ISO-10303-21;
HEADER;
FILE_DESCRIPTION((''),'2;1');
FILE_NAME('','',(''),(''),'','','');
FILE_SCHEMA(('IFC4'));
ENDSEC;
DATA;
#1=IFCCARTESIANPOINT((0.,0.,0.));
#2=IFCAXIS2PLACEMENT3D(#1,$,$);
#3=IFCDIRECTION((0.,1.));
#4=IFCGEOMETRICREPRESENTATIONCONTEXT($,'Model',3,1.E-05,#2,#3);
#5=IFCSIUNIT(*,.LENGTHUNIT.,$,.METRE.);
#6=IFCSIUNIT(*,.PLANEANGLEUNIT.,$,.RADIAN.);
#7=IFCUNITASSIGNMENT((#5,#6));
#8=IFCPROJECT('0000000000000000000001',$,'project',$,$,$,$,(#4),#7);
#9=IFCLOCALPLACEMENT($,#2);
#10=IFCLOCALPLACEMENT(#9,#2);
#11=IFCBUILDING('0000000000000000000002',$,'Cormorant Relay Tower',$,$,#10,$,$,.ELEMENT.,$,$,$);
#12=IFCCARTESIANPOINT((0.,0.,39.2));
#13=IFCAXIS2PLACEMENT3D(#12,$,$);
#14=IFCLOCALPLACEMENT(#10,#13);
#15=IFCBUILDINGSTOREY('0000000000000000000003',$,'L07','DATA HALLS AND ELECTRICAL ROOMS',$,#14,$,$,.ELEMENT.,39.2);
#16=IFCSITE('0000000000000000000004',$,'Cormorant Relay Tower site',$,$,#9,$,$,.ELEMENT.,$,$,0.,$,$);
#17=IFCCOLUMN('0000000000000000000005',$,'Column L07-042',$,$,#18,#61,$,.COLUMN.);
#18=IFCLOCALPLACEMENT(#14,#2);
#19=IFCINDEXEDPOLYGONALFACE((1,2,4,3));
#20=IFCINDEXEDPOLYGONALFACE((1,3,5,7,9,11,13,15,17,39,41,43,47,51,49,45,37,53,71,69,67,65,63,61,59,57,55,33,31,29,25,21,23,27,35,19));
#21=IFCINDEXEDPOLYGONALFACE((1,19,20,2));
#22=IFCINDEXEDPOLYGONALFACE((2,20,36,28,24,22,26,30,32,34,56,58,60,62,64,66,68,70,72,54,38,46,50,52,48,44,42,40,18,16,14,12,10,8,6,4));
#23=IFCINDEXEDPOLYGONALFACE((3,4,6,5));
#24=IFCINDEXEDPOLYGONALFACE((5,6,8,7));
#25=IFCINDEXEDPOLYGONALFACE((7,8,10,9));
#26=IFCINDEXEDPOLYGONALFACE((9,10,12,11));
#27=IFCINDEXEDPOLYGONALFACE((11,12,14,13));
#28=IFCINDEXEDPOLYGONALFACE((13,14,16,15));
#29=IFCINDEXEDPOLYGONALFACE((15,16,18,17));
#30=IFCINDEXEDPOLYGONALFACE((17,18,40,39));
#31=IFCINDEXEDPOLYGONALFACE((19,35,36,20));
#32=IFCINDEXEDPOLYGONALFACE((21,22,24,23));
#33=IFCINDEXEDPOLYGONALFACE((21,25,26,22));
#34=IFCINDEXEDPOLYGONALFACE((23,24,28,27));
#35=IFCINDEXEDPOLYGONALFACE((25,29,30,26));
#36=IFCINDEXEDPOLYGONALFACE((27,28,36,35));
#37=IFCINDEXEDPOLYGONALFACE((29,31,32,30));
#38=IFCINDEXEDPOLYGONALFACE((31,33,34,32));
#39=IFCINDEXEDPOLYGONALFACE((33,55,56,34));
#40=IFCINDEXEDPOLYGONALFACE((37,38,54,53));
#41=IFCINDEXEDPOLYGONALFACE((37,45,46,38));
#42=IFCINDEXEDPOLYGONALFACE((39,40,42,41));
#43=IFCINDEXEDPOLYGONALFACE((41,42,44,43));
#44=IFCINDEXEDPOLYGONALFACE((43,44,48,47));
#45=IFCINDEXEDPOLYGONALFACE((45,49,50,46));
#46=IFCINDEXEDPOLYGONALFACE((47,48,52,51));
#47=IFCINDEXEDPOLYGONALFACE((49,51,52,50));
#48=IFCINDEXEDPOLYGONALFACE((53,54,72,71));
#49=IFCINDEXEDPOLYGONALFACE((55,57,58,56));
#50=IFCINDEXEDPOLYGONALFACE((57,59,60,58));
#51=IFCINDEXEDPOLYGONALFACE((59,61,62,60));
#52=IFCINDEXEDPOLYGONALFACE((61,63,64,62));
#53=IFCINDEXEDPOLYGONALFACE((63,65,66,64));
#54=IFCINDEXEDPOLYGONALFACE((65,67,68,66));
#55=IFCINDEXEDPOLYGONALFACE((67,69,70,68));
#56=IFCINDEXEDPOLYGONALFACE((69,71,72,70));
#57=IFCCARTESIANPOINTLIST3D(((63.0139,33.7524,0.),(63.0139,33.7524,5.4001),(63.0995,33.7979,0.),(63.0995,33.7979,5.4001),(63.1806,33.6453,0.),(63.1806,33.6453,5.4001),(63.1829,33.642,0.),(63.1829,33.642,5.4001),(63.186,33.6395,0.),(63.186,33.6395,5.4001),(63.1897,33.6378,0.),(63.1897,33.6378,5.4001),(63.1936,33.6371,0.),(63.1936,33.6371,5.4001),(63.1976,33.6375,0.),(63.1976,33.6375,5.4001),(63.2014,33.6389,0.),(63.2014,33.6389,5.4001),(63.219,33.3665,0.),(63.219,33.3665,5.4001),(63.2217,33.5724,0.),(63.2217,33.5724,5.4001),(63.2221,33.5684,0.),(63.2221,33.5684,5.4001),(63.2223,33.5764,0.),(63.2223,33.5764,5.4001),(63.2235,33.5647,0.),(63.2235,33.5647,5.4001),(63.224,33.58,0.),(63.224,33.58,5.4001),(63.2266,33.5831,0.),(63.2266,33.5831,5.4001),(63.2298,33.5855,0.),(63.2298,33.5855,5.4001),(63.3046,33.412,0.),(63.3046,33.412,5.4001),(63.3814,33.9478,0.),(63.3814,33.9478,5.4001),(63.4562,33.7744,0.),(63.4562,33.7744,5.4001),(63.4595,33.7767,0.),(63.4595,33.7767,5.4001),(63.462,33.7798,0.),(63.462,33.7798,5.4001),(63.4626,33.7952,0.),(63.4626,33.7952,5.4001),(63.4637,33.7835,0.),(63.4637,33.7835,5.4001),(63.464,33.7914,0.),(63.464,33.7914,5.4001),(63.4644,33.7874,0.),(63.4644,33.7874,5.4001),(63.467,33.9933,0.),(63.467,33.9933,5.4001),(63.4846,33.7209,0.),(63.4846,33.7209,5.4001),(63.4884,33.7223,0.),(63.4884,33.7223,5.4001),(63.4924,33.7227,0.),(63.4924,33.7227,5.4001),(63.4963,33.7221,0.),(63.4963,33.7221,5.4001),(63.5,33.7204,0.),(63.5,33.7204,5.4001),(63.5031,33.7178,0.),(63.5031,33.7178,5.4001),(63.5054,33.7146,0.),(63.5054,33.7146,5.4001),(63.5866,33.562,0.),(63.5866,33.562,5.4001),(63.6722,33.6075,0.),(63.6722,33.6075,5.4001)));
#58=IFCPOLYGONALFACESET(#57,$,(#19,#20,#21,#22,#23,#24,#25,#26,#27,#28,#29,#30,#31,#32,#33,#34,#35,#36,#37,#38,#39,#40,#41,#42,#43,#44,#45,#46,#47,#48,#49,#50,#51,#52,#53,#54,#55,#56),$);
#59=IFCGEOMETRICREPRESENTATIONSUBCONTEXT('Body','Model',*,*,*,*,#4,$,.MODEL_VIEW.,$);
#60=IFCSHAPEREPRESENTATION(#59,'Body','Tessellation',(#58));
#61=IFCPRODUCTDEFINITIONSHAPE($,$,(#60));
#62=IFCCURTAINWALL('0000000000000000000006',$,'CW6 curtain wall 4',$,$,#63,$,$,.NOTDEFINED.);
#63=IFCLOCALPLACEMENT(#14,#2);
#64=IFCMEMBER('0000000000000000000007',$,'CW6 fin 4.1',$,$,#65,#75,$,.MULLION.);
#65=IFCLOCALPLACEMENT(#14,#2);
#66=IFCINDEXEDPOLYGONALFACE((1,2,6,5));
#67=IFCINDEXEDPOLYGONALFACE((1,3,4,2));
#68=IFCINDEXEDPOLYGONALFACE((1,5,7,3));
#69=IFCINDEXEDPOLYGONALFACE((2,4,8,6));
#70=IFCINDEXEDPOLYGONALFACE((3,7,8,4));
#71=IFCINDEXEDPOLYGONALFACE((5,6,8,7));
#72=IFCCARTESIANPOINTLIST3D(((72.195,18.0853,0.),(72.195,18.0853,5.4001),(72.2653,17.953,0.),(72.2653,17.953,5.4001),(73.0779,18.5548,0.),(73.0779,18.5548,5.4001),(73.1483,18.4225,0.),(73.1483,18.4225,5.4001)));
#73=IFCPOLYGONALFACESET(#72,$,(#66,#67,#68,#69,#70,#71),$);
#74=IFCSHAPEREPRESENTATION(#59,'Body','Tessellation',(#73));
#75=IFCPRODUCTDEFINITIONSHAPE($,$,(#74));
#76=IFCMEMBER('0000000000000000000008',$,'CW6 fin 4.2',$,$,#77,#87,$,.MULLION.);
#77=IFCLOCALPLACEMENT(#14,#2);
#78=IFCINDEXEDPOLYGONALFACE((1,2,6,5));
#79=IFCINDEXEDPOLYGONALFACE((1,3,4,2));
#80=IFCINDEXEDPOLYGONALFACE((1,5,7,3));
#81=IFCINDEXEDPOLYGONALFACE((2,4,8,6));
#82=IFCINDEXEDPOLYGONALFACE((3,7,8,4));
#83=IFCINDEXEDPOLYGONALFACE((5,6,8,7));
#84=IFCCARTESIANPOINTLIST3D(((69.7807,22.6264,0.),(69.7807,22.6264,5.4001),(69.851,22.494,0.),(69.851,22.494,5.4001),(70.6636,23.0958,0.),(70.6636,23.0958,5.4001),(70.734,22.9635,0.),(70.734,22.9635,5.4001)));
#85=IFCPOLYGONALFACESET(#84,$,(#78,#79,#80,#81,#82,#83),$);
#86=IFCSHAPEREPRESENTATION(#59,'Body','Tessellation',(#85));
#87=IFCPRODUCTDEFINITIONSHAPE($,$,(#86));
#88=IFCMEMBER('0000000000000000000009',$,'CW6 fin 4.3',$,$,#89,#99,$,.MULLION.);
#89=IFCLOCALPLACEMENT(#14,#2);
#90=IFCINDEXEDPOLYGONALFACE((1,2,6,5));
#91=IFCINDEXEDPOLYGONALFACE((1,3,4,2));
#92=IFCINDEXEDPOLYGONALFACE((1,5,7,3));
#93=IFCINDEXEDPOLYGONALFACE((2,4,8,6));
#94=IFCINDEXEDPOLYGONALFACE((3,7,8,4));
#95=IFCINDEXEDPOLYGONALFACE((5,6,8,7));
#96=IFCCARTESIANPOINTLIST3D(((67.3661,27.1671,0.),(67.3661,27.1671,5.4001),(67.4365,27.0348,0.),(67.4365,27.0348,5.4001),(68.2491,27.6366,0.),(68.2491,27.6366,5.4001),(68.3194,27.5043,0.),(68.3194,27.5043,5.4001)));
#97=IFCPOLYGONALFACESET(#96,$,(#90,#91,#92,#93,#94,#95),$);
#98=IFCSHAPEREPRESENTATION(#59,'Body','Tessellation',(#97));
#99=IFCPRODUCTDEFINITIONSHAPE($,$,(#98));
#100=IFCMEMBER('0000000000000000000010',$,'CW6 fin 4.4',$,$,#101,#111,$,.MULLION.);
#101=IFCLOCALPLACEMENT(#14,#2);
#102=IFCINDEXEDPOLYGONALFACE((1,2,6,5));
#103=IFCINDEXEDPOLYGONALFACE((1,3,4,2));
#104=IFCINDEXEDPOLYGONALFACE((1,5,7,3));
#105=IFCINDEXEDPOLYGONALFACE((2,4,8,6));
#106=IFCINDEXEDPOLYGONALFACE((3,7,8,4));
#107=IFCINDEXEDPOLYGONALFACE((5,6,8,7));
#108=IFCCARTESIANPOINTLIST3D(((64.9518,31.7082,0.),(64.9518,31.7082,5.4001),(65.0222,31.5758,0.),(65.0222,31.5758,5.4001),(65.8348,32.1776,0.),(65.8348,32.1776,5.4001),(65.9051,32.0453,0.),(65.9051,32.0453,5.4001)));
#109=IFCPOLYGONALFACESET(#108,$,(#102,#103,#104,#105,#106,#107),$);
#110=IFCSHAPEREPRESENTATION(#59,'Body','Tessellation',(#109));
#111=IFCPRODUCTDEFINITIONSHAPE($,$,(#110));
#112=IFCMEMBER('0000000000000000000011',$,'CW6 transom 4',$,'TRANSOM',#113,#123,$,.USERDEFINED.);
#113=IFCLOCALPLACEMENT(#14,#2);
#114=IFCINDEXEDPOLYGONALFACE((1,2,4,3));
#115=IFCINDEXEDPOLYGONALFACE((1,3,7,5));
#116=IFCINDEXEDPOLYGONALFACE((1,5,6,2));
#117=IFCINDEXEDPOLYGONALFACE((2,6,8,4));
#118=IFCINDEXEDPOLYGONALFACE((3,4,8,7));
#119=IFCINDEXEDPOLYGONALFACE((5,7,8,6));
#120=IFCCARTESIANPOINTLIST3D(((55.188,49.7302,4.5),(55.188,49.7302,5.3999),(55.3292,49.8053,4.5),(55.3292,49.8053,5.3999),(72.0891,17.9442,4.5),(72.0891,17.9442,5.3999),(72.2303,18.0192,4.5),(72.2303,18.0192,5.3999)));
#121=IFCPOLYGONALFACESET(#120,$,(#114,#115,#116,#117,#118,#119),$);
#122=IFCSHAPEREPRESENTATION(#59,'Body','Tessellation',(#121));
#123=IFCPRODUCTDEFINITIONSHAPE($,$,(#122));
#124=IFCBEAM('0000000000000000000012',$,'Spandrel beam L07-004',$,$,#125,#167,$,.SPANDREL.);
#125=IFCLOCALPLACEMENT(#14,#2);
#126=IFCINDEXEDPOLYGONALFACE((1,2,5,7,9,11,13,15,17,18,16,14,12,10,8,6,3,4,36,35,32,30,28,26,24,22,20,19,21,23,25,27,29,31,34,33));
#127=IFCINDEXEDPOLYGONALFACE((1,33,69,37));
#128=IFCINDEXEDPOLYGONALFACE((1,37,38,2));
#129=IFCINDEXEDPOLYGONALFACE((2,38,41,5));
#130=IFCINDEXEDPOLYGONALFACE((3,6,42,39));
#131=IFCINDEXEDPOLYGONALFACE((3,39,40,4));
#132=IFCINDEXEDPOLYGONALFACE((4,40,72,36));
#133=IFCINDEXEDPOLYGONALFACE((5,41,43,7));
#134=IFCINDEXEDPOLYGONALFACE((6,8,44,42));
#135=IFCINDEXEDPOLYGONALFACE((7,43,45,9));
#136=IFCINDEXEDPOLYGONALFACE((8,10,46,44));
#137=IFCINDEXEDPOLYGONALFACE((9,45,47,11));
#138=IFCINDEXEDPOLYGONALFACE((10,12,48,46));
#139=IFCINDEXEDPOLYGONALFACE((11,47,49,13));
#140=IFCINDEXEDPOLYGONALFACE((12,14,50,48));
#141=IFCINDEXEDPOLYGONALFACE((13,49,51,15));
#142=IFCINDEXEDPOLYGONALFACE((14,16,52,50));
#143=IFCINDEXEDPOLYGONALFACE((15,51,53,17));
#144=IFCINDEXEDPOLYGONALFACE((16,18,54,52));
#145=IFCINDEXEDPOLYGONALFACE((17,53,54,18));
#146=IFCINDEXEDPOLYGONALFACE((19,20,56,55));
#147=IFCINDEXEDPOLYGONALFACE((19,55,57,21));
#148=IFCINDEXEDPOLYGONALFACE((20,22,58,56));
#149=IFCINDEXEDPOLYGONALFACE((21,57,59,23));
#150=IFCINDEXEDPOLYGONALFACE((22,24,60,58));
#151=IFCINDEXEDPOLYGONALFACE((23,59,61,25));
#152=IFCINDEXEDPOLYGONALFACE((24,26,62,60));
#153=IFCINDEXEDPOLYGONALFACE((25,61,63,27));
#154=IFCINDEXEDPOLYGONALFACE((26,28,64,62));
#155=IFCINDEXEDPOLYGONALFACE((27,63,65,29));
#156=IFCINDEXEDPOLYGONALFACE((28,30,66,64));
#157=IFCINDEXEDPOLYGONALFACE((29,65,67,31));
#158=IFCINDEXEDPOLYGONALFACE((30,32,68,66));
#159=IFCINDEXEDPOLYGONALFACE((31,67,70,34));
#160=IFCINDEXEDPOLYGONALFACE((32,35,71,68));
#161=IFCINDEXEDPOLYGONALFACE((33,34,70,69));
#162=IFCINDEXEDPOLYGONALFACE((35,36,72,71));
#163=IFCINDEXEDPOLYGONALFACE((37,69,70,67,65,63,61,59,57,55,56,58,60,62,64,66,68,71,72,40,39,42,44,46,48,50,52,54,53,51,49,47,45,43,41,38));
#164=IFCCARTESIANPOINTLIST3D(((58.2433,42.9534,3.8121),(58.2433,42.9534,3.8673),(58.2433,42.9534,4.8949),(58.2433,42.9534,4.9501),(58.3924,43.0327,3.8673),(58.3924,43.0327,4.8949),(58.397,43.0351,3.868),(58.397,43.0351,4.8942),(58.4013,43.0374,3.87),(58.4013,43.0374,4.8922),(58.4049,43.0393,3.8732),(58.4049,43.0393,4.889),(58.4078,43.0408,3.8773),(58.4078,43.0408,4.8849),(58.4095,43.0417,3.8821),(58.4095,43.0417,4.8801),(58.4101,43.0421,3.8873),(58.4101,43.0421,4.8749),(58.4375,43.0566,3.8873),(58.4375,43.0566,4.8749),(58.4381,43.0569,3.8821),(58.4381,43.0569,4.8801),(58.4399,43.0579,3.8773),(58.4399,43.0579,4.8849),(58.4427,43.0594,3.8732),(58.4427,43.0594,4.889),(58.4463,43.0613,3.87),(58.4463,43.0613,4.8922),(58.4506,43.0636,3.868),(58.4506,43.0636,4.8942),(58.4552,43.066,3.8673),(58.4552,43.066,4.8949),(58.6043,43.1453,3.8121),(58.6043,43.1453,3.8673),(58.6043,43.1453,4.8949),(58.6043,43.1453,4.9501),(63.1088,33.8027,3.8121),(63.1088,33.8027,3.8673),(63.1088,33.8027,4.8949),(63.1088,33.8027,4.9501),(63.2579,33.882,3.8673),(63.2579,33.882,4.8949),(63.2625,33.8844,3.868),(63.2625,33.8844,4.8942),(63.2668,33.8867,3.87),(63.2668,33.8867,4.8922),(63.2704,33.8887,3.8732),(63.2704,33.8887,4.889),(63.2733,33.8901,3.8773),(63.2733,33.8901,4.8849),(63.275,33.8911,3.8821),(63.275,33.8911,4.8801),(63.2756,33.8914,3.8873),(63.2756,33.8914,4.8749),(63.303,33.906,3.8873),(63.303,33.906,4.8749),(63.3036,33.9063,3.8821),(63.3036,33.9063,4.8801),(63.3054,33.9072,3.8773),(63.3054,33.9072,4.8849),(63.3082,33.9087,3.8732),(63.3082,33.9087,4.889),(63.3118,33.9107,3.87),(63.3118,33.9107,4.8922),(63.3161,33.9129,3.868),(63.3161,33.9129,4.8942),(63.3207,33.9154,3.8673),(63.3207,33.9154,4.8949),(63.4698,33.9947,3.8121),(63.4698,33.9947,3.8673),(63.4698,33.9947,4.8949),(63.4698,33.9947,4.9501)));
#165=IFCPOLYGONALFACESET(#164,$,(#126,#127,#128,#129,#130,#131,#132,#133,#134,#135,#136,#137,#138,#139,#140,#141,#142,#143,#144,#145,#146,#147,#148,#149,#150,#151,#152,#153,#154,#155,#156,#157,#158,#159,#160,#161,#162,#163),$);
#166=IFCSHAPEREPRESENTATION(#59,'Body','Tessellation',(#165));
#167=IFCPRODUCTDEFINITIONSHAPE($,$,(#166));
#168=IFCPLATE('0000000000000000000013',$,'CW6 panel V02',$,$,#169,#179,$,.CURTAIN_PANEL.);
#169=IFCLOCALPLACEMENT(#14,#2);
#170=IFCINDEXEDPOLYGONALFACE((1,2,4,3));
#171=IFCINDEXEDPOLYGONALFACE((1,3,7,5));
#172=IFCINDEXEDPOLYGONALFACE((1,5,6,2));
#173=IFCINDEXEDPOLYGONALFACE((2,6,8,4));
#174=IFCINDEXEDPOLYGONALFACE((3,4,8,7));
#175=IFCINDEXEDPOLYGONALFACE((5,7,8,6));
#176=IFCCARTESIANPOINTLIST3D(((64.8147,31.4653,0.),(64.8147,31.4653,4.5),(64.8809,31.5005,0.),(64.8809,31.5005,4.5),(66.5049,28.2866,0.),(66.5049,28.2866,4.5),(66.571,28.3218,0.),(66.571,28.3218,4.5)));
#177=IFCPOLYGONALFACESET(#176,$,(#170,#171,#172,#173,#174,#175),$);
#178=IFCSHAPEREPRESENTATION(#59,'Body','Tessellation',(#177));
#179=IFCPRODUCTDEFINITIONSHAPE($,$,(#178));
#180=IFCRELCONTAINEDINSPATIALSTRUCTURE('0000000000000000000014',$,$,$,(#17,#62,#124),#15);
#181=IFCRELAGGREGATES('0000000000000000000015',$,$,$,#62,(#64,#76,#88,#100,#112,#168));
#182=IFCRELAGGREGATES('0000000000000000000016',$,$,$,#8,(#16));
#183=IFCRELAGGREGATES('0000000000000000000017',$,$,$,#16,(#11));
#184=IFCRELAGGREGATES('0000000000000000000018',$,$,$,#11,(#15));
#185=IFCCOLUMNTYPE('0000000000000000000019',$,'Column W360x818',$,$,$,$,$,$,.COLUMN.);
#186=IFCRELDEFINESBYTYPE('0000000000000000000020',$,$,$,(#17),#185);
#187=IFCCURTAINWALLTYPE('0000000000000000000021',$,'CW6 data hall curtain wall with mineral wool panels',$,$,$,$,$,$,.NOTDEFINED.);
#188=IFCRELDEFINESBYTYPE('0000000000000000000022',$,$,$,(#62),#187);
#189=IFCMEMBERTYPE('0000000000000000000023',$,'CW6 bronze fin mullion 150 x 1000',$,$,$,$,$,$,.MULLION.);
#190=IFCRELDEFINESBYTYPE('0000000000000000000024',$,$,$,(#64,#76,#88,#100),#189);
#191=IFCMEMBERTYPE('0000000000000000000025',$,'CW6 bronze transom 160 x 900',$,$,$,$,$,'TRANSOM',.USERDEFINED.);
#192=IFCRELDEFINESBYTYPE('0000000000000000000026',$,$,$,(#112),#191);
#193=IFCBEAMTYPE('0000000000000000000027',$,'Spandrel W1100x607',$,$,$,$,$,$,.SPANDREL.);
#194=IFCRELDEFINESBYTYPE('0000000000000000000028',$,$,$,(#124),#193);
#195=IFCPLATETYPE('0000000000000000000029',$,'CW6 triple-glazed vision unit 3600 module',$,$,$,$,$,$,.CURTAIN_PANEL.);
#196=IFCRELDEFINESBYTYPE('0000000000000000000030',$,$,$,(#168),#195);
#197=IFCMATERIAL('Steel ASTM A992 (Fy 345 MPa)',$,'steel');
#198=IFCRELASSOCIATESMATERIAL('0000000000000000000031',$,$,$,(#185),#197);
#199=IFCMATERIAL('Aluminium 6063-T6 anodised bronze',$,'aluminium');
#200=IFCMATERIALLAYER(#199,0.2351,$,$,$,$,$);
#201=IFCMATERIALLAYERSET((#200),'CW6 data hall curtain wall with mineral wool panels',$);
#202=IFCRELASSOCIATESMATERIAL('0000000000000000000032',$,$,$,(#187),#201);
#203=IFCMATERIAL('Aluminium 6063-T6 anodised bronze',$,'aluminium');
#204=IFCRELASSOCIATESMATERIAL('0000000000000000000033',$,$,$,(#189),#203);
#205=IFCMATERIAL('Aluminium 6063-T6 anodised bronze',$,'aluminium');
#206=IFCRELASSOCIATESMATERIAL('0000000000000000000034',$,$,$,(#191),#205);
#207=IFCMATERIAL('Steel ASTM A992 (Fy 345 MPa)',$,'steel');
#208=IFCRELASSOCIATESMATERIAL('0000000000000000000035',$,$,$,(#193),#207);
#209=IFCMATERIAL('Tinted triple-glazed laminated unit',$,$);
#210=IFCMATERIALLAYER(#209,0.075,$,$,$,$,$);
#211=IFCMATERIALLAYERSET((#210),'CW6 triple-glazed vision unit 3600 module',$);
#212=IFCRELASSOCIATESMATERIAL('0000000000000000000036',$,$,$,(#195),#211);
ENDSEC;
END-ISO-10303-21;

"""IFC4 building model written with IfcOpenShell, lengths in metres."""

from ifc_helpers import new_model, si_unit, direction, frame, origin, origin_2d, place, context, subcontext, project, spatial, rectangle, i_section, extrude, material, layer, layer_set, material_profile, profile_set, type_object, element, aggregate, save


model = new_model("IFC4")

# Units and contexts
model_context = context("Model", 3, precision=1e-05, world=origin(), true_north=direction((0.0, 1.0)))
body_context = subcontext(model_context, "Body", "Model", "MODEL_VIEW")
ifc_project = project(units=[si_unit("LENGTHUNIT", "METRE"), si_unit("PLANEANGLEUNIT", "RADIAN")], contexts=[model_context])

# Site, building, storey
site_placement = place(None, origin())
site = spatial("IfcSite", under=ifc_project, at=site_placement, Name="Cormorant Relay Tower site", CompositionType="ELEMENT", RefElevation=0.0)
building_placement = place(site_placement, origin())
building = spatial("IfcBuilding", under=site, at=building_placement, Name="Cormorant Relay Tower", CompositionType="ELEMENT")
storey_placement = place(building_placement, frame((0.0, 0.0, 39.2)))
storey = spatial("IfcBuildingStorey", under=building, at=storey_placement, Name="L07", Description="DATA HALLS AND ELECTRICAL ROOMS", CompositionType="ELEMENT", Elevation=39.2)

# Column
ifc_material_1 = material(Name="Steel ASTM A992 (Fy 345 MPa)", Category="steel")
ifc_material_profile_1 = material_profile(ifc_material_1, i_section(OverallWidth=0.437, OverallDepth=0.5132, WebThickness=0.0605, FlangeThickness=0.0969, FilletRadius=0.0154, at=origin_2d()), Name="W360x818")
ifc_profile_set_1 = profile_set([ifc_material_profile_1], Name="Steel ASTM A992 (Fy 345 MPa)")
column_type_1 = type_object("IfcColumnType", Name="Column W360x818", PredefinedType="COLUMN", material=ifc_profile_set_1)
for number, where, z_axis, x_axis, name in (
    (1, (63.343, 33.6799, 0.0), (0.0, 0.0, 1.0), (-0.469472, 0.882948, 0.0), "Column L07-042"),
):
    element("IfcColumn", number, at=place(storey_placement, frame(where, z_axis=z_axis, x_axis=x_axis)), inside=storey, type_object=column_type_1, Name=name, PredefinedType="COLUMN", context=body_context, shape_type="SweptSolid", body=[
        extrude(i_section(OverallWidth=0.437, OverallDepth=0.5132, WebThickness=0.0605, FlangeThickness=0.0969, FilletRadius=0.0154, at=origin_2d()), origin(), (0.0, 0.0, 1.0), 5.4001),
    ])

# Curtain wall, members
ifc_material_2 = material(Name="Aluminium 6063-T6 anodised bronze", Category="aluminium")
ifc_layer_1 = layer(ifc_material_2, 0.2351)
ifc_layer_set_1 = layer_set([ifc_layer_1], Name="CW6 data hall curtain wall with mineral wool panels")
curtain_wall_type = type_object("IfcCurtainWallType", Name="CW6 data hall curtain wall with mineral wool panels", PredefinedType="NOTDEFINED", material=ifc_layer_set_1)
curtain_wall_placement = place(storey_placement, origin())
curtain_wall = element("IfcCurtainWall", 2, at=curtain_wall_placement, inside=storey, type_object=curtain_wall_type, Name="CW6 curtain wall 4", PredefinedType="NOTDEFINED")
ifc_material_3 = material(Name="Aluminium 6063-T6 anodised bronze", Category="aluminium")
ifc_material_profile_2 = material_profile(ifc_material_3, rectangle(XDim=0.1499, YDim=1.0, at=origin_2d()), Name="AL 150x1000")
ifc_profile_set_2 = profile_set([ifc_material_profile_2], Name="Aluminium 6063-T6 anodised bronze")
member_type_1 = type_object("IfcMemberType", Name="CW6 bronze fin mullion 150 x 1000", PredefinedType="MULLION", material=ifc_profile_set_2)
member_1_placement = place(storey_placement, frame((72.6716, 18.2539, 0.0), z_axis=(0.0, 0.0, 1.0), x_axis=(-0.469472, 0.882948, 0.0)))
member_1 = element("IfcMember", 3, at=member_1_placement, type_object=member_type_1, Name="CW6 fin 4.1", PredefinedType="MULLION", context=body_context, shape_type="SweptSolid", body=[
    extrude(rectangle(XDim=0.1499, YDim=1.0, at=origin_2d()), origin(), (0.0, 0.0, 1.0), 5.4001),
])
member_2_placement = place(storey_placement, frame((70.2573, 22.7949, 0.0), z_axis=(0.0, 0.0, 1.0), x_axis=(-0.469472, 0.882948, 0.0)))
member_2 = element("IfcMember", 4, at=member_2_placement, type_object=member_type_1, Name="CW6 fin 4.2", PredefinedType="MULLION", context=body_context, shape_type="SweptSolid", body=[
    extrude(rectangle(XDim=0.1499, YDim=1.0, at=origin_2d()), origin(), (0.0, 0.0, 1.0), 5.4001),
])
member_3_placement = place(storey_placement, frame((67.8428, 27.3357, 0.0), z_axis=(0.0, 0.0, 1.0), x_axis=(-0.469472, 0.882948, 0.0)))
member_3 = element("IfcMember", 5, at=member_3_placement, type_object=member_type_1, Name="CW6 fin 4.3", PredefinedType="MULLION", context=body_context, shape_type="SweptSolid", body=[
    extrude(rectangle(XDim=0.1499, YDim=1.0, at=origin_2d()), origin(), (0.0, 0.0, 1.0), 5.4001),
])
member_4_placement = place(storey_placement, frame((65.4285, 31.8767, 0.0), z_axis=(0.0, 0.0, 1.0), x_axis=(-0.469472, 0.882948, 0.0)))
member_4 = element("IfcMember", 6, at=member_4_placement, type_object=member_type_1, Name="CW6 fin 4.4", PredefinedType="MULLION", context=body_context, shape_type="SweptSolid", body=[
    extrude(rectangle(XDim=0.1499, YDim=1.0, at=origin_2d()), origin(), (0.0, 0.0, 1.0), 5.4001),
])
ifc_material_4 = material(Name="Aluminium 6063-T6 anodised bronze", Category="aluminium")
ifc_material_profile_3 = material_profile(ifc_material_4, rectangle(XDim=0.1599, YDim=0.8999, at=origin_2d()), Name="AL 160x900")
ifc_profile_set_3 = profile_set([ifc_material_profile_3], Name="Aluminium 6063-T6 anodised bronze")
member_type_2 = type_object("IfcMemberType", Name="CW6 bronze transom 160 x 900", ElementType="TRANSOM", PredefinedType="USERDEFINED", material=ifc_profile_set_3)
member_5_placement = place(storey_placement, frame((72.1597, 17.9817, 4.95), z_axis=(-0.469475, 0.882946, 0.0), x_axis=(-0.882946, -0.469475, 0.0)))
member_5 = element("IfcMember", 7, at=member_5_placement, type_object=member_type_2, Name="CW6 transom 4", ObjectType="TRANSOM", PredefinedType="USERDEFINED", context=body_context, shape_type="SweptSolid", body=[
    extrude(rectangle(XDim=0.1599, YDim=0.8999, at=origin_2d()), origin(), (0.0, 0.0, 1.0), 36.0),
])

# Beam
ifc_material_5 = material(Name="Steel ASTM A992 (Fy 345 MPa)", Category="steel")
ifc_material_profile_4 = material_profile(ifc_material_5, i_section(OverallWidth=0.4089, OverallDepth=1.1379, WebThickness=0.031, FlangeThickness=0.0552, FilletRadius=0.02, at=origin_2d()), Name="W1100x607")
ifc_profile_set_4 = profile_set([ifc_material_profile_4], Name="Steel ASTM A992 (Fy 345 MPa)")
beam_type = type_object("IfcBeamType", Name="Spandrel W1100x607", PredefinedType="SPANDREL", material=ifc_profile_set_4)
beam_placement = place(storey_placement, frame((63.2893, 33.8987, 4.3811), z_axis=(-0.469472, 0.882948, 0.0), x_axis=(-0.882948, -0.469472, 0.0)))
element("IfcBeam", 8, at=beam_placement, inside=storey, type_object=beam_type, Name="Spandrel beam L07-004", PredefinedType="SPANDREL", context=body_context, shape_type="SweptSolid", body=[
    extrude(i_section(OverallWidth=0.4089, OverallDepth=1.1379, WebThickness=0.031, FlangeThickness=0.0552, FilletRadius=0.02, at=origin_2d()), origin(), (0.0, 0.0, 1.0), 10.3638),
])

# Plate
ifc_material_6 = material(Name="Tinted triple-glazed laminated unit")
ifc_layer_2 = layer(ifc_material_6, 0.075)
ifc_layer_set_2 = layer_set([ifc_layer_2], Name="CW6 triple-glazed vision unit 3600 module")
plate_type = type_object("IfcPlateType", Name="CW6 triple-glazed vision unit 3600 module", PredefinedType="CURTAIN_PANEL", material=ifc_layer_set_2)
plate_placement = place(storey_placement, frame((65.6929, 29.8936, 0.0), z_axis=(0.0, 0.0, 1.0), x_axis=(-0.469472, 0.882948, 0.0)))
plate = element("IfcPlate", 9, at=plate_placement, type_object=plate_type, Name="CW6 panel V02", PredefinedType="CURTAIN_PANEL", context=body_context, shape_type="SweptSolid", body=[
    extrude(rectangle(XDim=3.6001, YDim=0.075, at=origin_2d()), origin(), (0.0, 0.0, 1.0), 4.5),
])

aggregate(curtain_wall, [member_1, member_2, member_3, member_4, member_5, plate])

save(model, "model.ifc")
